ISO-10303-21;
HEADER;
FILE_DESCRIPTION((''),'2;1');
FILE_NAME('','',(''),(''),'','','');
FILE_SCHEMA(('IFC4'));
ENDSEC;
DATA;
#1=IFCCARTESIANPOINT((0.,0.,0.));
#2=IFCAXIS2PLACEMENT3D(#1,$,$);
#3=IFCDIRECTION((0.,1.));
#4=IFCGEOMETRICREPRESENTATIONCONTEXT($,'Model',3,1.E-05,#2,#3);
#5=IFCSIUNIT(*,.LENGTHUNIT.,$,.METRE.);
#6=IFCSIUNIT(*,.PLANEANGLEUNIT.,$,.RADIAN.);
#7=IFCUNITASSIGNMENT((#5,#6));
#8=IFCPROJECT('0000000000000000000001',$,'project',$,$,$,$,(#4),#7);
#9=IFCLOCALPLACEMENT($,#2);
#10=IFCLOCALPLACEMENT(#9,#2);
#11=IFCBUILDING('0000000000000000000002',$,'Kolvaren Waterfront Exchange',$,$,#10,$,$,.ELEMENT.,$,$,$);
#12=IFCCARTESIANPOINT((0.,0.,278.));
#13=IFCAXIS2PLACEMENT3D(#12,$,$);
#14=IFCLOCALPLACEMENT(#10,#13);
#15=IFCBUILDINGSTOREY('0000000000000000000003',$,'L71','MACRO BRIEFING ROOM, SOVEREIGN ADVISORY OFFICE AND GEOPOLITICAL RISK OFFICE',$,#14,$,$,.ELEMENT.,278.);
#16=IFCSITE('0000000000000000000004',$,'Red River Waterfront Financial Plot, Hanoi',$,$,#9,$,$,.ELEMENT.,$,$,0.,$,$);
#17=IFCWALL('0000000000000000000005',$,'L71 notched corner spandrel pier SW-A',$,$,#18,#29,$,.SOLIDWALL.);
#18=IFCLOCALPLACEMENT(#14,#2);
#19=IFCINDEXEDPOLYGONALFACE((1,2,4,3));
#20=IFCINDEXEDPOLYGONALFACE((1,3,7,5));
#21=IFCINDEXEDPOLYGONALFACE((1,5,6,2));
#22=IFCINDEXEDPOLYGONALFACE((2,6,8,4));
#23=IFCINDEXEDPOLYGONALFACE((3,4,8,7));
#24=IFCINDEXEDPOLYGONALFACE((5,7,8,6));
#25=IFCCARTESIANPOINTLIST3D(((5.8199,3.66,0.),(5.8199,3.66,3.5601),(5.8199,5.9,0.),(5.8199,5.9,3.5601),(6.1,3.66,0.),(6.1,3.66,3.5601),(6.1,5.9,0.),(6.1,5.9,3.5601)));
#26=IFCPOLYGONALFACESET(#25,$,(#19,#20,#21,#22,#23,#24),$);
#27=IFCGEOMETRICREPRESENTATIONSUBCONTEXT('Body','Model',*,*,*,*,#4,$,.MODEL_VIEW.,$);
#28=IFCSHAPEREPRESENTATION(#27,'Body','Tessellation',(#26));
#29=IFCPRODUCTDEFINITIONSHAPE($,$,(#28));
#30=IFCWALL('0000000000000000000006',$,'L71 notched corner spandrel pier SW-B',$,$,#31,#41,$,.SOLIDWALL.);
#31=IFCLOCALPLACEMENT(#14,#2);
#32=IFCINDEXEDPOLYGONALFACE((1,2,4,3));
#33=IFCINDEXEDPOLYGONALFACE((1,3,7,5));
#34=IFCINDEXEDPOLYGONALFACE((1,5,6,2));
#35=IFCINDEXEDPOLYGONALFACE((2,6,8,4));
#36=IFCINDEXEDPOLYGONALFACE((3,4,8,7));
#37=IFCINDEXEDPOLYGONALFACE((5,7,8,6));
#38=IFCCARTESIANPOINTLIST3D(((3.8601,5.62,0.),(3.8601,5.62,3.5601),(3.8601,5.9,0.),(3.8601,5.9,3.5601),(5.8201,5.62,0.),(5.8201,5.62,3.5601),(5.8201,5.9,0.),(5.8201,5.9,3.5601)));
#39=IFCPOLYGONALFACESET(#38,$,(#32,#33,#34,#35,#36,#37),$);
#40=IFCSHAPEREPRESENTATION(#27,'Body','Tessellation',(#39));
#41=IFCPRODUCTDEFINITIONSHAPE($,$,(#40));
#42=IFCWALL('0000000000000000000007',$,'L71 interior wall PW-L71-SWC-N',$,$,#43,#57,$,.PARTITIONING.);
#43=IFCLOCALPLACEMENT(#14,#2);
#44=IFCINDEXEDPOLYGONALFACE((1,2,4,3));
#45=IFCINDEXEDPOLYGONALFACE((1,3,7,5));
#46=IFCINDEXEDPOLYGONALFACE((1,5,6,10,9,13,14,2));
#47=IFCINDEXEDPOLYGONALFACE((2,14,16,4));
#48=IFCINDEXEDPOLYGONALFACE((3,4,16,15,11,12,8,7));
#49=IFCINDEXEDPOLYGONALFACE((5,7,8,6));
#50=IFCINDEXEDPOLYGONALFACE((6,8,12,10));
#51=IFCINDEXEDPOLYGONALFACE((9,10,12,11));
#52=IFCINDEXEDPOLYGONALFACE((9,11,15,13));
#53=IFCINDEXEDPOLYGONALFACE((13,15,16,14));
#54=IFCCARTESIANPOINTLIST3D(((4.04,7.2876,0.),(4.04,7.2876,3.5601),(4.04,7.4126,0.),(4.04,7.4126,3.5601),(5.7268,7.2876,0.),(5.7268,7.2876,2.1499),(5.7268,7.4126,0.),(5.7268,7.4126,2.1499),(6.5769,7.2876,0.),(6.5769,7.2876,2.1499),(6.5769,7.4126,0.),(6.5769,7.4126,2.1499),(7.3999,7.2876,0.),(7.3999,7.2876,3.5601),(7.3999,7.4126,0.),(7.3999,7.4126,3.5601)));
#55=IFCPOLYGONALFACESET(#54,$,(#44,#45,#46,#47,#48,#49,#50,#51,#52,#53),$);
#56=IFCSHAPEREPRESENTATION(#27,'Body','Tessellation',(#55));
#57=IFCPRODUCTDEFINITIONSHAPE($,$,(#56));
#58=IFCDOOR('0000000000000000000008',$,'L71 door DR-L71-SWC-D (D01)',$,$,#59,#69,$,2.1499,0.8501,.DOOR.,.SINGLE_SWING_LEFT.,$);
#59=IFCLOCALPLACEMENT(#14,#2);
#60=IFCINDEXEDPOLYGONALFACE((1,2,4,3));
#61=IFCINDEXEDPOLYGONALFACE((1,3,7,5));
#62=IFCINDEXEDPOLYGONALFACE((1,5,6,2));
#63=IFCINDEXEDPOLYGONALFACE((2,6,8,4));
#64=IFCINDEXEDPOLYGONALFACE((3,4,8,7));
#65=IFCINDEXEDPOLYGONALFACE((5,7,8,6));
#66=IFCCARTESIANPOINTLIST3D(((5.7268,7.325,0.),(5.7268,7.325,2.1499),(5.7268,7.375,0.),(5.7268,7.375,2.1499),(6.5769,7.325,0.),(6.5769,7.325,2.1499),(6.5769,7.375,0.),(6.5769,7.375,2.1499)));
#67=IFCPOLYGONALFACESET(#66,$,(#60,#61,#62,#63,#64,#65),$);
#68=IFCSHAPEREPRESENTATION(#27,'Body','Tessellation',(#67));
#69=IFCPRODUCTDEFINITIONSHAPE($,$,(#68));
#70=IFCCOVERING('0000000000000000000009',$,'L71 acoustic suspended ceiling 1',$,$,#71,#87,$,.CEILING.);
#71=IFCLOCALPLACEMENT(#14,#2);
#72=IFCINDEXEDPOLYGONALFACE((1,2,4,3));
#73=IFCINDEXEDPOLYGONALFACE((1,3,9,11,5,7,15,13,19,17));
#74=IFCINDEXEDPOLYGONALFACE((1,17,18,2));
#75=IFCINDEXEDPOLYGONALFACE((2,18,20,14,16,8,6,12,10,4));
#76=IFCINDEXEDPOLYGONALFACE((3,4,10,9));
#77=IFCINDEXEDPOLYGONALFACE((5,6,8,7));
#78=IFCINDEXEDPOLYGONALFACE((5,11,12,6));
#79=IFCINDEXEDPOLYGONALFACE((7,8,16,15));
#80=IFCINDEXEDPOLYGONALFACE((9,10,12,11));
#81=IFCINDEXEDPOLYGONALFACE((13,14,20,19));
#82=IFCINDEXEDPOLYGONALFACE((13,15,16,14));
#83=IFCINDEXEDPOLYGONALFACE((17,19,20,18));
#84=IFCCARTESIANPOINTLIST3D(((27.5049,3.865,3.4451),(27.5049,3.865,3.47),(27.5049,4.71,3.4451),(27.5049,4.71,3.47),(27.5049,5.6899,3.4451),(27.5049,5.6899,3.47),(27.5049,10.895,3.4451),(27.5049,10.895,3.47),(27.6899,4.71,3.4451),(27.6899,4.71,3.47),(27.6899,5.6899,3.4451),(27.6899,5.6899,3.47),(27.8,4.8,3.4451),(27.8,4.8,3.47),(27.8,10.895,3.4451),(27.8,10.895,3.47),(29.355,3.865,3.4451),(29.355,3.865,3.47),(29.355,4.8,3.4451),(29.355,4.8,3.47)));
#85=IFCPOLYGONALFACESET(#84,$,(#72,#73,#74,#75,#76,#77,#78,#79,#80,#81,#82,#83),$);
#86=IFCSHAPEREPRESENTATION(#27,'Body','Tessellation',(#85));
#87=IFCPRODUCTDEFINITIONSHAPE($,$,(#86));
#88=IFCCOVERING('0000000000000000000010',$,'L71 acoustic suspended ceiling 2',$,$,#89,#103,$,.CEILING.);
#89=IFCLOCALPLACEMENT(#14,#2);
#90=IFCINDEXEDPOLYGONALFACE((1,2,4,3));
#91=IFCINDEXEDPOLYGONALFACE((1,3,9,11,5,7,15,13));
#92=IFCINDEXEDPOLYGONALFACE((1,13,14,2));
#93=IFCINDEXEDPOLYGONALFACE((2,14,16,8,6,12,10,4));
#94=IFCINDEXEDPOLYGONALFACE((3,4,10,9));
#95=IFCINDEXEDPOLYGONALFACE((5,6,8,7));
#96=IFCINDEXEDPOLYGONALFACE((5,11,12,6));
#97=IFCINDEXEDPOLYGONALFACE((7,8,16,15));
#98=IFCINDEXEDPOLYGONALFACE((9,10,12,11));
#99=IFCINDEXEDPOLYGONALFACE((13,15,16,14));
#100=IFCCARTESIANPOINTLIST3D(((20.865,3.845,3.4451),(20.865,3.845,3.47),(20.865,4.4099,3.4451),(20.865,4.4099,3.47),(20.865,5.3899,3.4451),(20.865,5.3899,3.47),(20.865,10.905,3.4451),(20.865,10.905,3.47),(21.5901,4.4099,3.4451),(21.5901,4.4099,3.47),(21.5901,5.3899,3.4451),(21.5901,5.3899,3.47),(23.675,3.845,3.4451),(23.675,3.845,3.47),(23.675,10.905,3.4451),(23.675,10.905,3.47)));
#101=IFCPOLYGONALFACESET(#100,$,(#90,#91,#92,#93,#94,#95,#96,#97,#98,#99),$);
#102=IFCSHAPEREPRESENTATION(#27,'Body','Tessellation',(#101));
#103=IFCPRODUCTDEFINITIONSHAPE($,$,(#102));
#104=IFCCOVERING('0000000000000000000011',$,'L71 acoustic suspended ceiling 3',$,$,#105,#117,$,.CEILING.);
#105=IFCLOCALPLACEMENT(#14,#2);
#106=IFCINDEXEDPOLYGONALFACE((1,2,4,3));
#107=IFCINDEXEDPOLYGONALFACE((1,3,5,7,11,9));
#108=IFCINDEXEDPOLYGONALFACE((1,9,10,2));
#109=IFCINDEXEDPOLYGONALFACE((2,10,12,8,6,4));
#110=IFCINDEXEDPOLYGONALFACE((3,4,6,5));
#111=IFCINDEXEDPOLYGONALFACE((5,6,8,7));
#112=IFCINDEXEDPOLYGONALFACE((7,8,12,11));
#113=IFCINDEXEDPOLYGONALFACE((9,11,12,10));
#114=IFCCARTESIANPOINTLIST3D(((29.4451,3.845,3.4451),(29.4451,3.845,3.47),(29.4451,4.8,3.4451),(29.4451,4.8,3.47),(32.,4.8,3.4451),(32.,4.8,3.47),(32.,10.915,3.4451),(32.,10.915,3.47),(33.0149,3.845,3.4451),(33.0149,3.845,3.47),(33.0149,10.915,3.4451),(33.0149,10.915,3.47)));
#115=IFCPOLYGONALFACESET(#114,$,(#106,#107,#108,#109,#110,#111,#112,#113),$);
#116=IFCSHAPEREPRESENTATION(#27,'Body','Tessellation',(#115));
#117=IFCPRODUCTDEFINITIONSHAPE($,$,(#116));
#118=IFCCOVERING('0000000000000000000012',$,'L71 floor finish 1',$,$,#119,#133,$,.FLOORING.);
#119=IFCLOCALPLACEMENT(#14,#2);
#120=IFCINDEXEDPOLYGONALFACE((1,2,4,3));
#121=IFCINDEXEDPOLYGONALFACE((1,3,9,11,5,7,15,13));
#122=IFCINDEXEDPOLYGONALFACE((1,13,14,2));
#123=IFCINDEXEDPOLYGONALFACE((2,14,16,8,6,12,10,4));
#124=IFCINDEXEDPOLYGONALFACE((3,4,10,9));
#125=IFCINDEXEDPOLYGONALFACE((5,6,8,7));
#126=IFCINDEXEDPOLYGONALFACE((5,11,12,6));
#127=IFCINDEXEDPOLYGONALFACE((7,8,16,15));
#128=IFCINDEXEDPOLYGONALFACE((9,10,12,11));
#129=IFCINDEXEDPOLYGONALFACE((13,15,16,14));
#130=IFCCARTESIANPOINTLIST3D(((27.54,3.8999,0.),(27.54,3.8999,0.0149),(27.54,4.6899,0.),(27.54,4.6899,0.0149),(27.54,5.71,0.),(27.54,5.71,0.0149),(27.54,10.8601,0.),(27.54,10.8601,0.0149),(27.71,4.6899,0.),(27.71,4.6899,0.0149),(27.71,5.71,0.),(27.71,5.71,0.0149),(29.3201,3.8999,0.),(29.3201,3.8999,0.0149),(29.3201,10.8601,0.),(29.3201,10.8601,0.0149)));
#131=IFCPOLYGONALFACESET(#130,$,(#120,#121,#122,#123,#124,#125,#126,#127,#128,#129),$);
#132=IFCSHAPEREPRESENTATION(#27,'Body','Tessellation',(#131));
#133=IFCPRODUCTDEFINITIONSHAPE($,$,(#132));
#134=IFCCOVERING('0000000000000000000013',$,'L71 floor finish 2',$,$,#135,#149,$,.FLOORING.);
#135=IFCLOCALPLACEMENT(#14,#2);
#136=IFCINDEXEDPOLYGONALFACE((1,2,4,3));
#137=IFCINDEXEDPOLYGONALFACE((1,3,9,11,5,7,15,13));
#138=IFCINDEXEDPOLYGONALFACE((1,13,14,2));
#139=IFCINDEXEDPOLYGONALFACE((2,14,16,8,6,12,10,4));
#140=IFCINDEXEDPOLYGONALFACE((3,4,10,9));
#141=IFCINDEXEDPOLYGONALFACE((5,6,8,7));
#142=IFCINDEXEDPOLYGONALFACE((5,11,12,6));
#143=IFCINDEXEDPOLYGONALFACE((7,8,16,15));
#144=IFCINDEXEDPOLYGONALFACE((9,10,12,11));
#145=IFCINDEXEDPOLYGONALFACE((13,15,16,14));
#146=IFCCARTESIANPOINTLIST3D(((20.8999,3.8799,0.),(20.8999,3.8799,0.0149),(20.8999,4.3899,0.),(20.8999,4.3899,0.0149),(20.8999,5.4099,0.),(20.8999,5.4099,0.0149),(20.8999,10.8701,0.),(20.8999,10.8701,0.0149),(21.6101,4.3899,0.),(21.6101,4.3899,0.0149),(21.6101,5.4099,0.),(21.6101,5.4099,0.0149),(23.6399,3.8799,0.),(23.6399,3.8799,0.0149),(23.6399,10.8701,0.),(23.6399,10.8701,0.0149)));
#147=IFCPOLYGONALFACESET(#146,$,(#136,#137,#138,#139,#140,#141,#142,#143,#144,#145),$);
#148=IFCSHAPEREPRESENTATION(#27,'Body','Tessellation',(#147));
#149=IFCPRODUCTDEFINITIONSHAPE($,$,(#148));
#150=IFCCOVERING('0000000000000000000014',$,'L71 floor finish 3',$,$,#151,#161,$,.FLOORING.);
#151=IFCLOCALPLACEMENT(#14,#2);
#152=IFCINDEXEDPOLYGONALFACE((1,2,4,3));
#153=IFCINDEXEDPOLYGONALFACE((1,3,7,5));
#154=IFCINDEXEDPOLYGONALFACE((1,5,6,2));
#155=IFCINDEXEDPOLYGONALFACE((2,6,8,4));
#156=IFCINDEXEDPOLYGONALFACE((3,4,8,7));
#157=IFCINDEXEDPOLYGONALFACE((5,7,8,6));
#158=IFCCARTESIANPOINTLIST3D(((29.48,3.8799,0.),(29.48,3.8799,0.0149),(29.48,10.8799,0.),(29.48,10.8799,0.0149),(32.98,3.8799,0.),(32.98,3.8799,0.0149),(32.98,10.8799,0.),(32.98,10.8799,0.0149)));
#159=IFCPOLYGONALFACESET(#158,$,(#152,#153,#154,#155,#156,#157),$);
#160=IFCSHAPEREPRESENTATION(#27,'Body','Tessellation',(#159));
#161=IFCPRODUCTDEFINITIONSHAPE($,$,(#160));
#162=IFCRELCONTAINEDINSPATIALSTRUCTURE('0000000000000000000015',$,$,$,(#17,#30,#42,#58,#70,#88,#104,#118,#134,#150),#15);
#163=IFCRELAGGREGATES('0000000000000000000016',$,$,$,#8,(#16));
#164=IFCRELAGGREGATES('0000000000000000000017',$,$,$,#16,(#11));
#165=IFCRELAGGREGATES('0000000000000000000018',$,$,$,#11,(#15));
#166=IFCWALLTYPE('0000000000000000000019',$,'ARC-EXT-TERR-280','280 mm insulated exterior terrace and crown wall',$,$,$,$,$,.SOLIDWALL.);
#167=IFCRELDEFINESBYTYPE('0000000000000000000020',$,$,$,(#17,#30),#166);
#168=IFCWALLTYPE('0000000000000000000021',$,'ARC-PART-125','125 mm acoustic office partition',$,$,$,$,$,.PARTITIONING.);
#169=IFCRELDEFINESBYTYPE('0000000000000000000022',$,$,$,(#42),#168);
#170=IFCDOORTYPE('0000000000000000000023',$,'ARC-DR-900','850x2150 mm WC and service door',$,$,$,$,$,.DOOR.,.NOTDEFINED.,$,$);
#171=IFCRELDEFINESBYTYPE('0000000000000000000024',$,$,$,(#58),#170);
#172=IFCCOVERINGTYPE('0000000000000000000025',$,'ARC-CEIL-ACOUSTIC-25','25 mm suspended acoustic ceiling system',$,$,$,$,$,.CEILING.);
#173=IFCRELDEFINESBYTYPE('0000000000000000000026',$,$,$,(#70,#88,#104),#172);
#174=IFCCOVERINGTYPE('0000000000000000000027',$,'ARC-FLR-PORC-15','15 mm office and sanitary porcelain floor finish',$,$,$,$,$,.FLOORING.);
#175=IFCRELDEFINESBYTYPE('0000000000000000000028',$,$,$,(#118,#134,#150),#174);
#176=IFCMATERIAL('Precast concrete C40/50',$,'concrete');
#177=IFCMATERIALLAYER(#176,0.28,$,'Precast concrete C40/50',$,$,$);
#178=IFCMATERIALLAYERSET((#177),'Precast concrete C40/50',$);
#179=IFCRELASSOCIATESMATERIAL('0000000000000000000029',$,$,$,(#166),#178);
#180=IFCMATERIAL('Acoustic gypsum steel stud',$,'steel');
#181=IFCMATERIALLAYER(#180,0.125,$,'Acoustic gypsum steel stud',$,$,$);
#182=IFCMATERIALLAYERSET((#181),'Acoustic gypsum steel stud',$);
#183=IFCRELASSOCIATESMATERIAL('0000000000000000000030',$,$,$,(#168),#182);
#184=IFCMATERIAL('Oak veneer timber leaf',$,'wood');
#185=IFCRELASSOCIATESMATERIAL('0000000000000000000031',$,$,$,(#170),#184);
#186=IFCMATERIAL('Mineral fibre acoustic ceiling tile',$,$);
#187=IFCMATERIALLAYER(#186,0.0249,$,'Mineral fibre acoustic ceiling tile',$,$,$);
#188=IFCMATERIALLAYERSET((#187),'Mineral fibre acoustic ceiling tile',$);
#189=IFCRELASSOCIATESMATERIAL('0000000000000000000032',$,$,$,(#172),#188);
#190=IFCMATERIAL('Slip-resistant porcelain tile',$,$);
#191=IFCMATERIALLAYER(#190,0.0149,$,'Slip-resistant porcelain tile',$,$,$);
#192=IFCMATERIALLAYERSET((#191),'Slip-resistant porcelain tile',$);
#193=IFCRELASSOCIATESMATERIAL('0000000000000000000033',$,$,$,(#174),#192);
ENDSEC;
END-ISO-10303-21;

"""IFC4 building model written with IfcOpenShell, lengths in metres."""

from ifc_helpers import new_model, si_unit, direction, frame, frame_2d, origin, place, context, subcontext, project, spatial, polyline, rectangle, outline, extrude, material, layer, layer_set, type_object, element, fill, save


model = new_model("IFC4")

# Units and contexts
model_context = context("Model", 3, precision=1e-05, world=origin(), true_north=direction((0.0, 1.0)))
body_context = subcontext(model_context, "Body", "Model", "MODEL_VIEW")
ifc_project = project(units=[si_unit("LENGTHUNIT", "METRE"), si_unit("PLANEANGLEUNIT", "RADIAN")], contexts=[model_context])

# Site, building, storey
site_placement = place(None, origin())
site = spatial("IfcSite", under=ifc_project, at=site_placement, Name="Red River Waterfront Financial Plot, Hanoi", CompositionType="ELEMENT", RefElevation=0.0)
building_placement = place(site_placement, origin())
building = spatial("IfcBuilding", under=site, at=building_placement, Name="Kolvaren Waterfront Exchange", CompositionType="ELEMENT")
storey_placement = place(building_placement, frame((0.0, 0.0, 278.0)))
storey = spatial("IfcBuildingStorey", under=building, at=storey_placement, Name="L71", Description="MACRO BRIEFING ROOM, SOVEREIGN ADVISORY OFFICE AND GEOPOLITICAL RISK OFFICE", CompositionType="ELEMENT", Elevation=278.0)

# Walls
ifc_material_1 = material(Name="Precast concrete C40/50", Category="concrete")
ifc_layer_1 = layer(ifc_material_1, 0.28, Name="Precast concrete C40/50")
ifc_layer_set_1 = layer_set([ifc_layer_1], Name="Precast concrete C40/50")
wall_type_1 = type_object("IfcWallType", Name="ARC-EXT-TERR-280", Description="280 mm insulated exterior terrace and crown wall", PredefinedType="SOLIDWALL", material=ifc_layer_set_1)
wall_1_placement = place(storey_placement, frame((5.96, 3.6599, 0.0), z_axis=(0.0, 0.0, 1.0), x_axis=(0.0, 1.0, 0.0)))
element("IfcWall", 1, at=wall_1_placement, inside=storey, type_object=wall_type_1, Name="L71 notched corner spandrel pier SW-A", PredefinedType="SOLIDWALL", context=body_context, shape_type="SweptSolid", body=[
    extrude(rectangle(XDim=2.24, YDim=0.28, at=frame_2d((1.1201, 0.0))), origin(), (0.0, 0.0, 1.0), 3.5601),
])
wall_2_placement = place(storey_placement, frame((3.8601, 5.76, 0.0), z_axis=(0.0, 0.0, 1.0), x_axis=(1.0, 0.0, 0.0)))
element("IfcWall", 2, at=wall_2_placement, inside=storey, type_object=wall_type_1, Name="L71 notched corner spandrel pier SW-B", PredefinedType="SOLIDWALL", context=body_context, shape_type="SweptSolid", body=[
    extrude(rectangle(XDim=1.96, YDim=0.28, at=frame_2d((0.98, 0.0))), origin(), (0.0, 0.0, 1.0), 3.5601),
])

# Wall, opening, door
ifc_material_2 = material(Name="Acoustic gypsum steel stud", Category="steel")
ifc_layer_2 = layer(ifc_material_2, 0.125, Name="Acoustic gypsum steel stud")
ifc_layer_set_2 = layer_set([ifc_layer_2], Name="Acoustic gypsum steel stud")
wall_type_2 = type_object("IfcWallType", Name="ARC-PART-125", Description="125 mm acoustic office partition", PredefinedType="PARTITIONING", material=ifc_layer_set_2)
wall_3_placement = place(storey_placement, frame((4.04, 7.3501, 0.0), z_axis=(0.0, 0.0, 1.0), x_axis=(1.0, 0.0, 0.0)))
wall_3 = element("IfcWall", 3, at=wall_3_placement, inside=storey, type_object=wall_type_2, Name="L71 interior wall PW-L71-SWC-N", PredefinedType="PARTITIONING", context=body_context, shape_type="SweptSolid", body=[
    extrude(rectangle(XDim=3.3599, YDim=0.125, at=frame_2d((1.6799, 0.0))), origin(), (0.0, 0.0, 1.0), 3.5601),
])
opening_placement = place(wall_3_placement, frame((1.6868, 0.0, 0.0)))
opening = element("IfcOpeningElement", 4, at=opening_placement, cuts=wall_3, PredefinedType="OPENING", context=body_context, shape_type="SweptSolid", body=[
    extrude(rectangle(XDim=0.8501, YDim=2.1499, at=frame_2d((0.425, 1.075))), frame((0.0, 0.0725, 0.0), z_axis=(0.0, -1.0, 0.0), x_axis=(1.0, 0.0, 0.0)), (0.0, 0.0, 1.0), 0.145),
])
ifc_material_3 = material(Name="Oak veneer timber leaf", Category="wood")
door_type = type_object("IfcDoorType", Name="ARC-DR-900", Description="850x2150 mm WC and service door", OperationType="NOTDEFINED", PredefinedType="DOOR", material=ifc_material_3)
door_placement = place(opening_placement, origin())
door = element("IfcDoor", 5, at=door_placement, inside=storey, type_object=door_type, Name="L71 door DR-L71-SWC-D (D01)", OperationType="SINGLE_SWING_LEFT", OverallHeight=2.1499, OverallWidth=0.8501, PredefinedType="DOOR", context=body_context, shape_type="SweptSolid", body=[
    extrude(rectangle(XDim=0.8501, YDim=2.1499, at=frame_2d((0.425, 1.075))), frame((0.0, 0.0249, 0.0), z_axis=(0.0, -1.0, 0.0), x_axis=(1.0, 0.0, 0.0)), (0.0, 0.0, 1.0), 0.05),
])
fill(opening, door)

# Coverings
ifc_material_4 = material(Name="Mineral fibre acoustic ceiling tile")
ifc_layer_3 = layer(ifc_material_4, 0.0249, Name="Mineral fibre acoustic ceiling tile")
ifc_layer_set_3 = layer_set([ifc_layer_3], Name="Mineral fibre acoustic ceiling tile")
covering_type_1 = type_object("IfcCoveringType", Name="ARC-CEIL-ACOUSTIC-25", Description="25 mm suspended acoustic ceiling system", PredefinedType="CEILING", material=ifc_layer_set_3)
covering_1_placement = place(storey_placement, frame((0.0, 0.0, 3.4451)))
element("IfcCovering", 6, at=covering_1_placement, inside=storey, type_object=covering_type_1, Name="L71 acoustic suspended ceiling 1", PredefinedType="CEILING", context=body_context, shape_type="SweptSolid", body=[
    extrude(outline(polyline([(27.5049, 5.6899), (27.6899, 5.6899), (27.6899, 4.71), (27.5049, 4.71), (27.5049, 3.865), (29.355, 3.865), (29.355, 4.8), (27.8, 4.8), (27.8, 10.895), (27.5049, 10.895), (27.5049, 5.6899)])), origin(), (0.0, 0.0, 1.0), 0.0249),
])
covering_2_placement = place(storey_placement, frame((0.0, 0.0, 3.4451)))
element("IfcCovering", 7, at=covering_2_placement, inside=storey, type_object=covering_type_1, Name="L71 acoustic suspended ceiling 2", PredefinedType="CEILING", context=body_context, shape_type="SweptSolid", body=[
    extrude(outline(polyline([(20.865, 5.3899), (21.5901, 5.3899), (21.5901, 4.4099), (20.865, 4.4099), (20.865, 3.845), (23.675, 3.845), (23.675, 10.905), (20.865, 10.905), (20.865, 5.3899)])), origin(), (0.0, 0.0, 1.0), 0.0249),
])
covering_3_placement = place(storey_placement, frame((0.0, 0.0, 3.4451)))
element("IfcCovering", 8, at=covering_3_placement, inside=storey, type_object=covering_type_1, Name="L71 acoustic suspended ceiling 3", PredefinedType="CEILING", context=body_context, shape_type="SweptSolid", body=[
    extrude(outline(polyline([(33.0149, 3.845), (33.0149, 10.915), (32.0, 10.915), (32.0, 4.8), (29.4451, 4.8), (29.4451, 3.845), (33.0149, 3.845)])), origin(), (0.0, 0.0, 1.0), 0.0249),
])
ifc_material_5 = material(Name="Slip-resistant porcelain tile")
ifc_layer_4 = layer(ifc_material_5, 0.0149, Name="Slip-resistant porcelain tile")
ifc_layer_set_4 = layer_set([ifc_layer_4], Name="Slip-resistant porcelain tile")
covering_type_2 = type_object("IfcCoveringType", Name="ARC-FLR-PORC-15", Description="15 mm office and sanitary porcelain floor finish", PredefinedType="FLOORING", material=ifc_layer_set_4)
covering_4_placement = place(storey_placement, origin())
element("IfcCovering", 9, at=covering_4_placement, inside=storey, type_object=covering_type_2, Name="L71 floor finish 1", PredefinedType="FLOORING", context=body_context, shape_type="SweptSolid", body=[
    extrude(outline(polyline([(27.54, 4.6899), (27.54, 3.8999), (29.3201, 3.8999), (29.3201, 10.8601), (27.54, 10.8601), (27.54, 5.71), (27.71, 5.71), (27.71, 4.6899), (27.54, 4.6899)])), origin(), (0.0, 0.0, 1.0), 0.0149),
])
covering_5_placement = place(storey_placement, origin())
element("IfcCovering", 10, at=covering_5_placement, inside=storey, type_object=covering_type_2, Name="L71 floor finish 2", PredefinedType="FLOORING", context=body_context, shape_type="SweptSolid", body=[
    extrude(outline(polyline([(20.8999, 4.3899), (20.8999, 3.8799), (23.6399, 3.8799), (23.6399, 10.8701), (20.8999, 10.8701), (20.8999, 5.4099), (21.6101, 5.4099), (21.6101, 4.3899), (20.8999, 4.3899)])), origin(), (0.0, 0.0, 1.0), 0.0149),
])
covering_6_placement = place(storey_placement, origin())
element("IfcCovering", 11, at=covering_6_placement, inside=storey, type_object=covering_type_2, Name="L71 floor finish 3", PredefinedType="FLOORING", context=body_context, shape_type="SweptSolid", body=[
    extrude(outline(polyline([(29.48, 10.8799), (29.48, 3.8799), (32.98, 3.8799), (32.98, 10.8799), (29.48, 10.8799)])), origin(), (0.0, 0.0, 1.0), 0.0149),
])

save(model, "model.ifc")
